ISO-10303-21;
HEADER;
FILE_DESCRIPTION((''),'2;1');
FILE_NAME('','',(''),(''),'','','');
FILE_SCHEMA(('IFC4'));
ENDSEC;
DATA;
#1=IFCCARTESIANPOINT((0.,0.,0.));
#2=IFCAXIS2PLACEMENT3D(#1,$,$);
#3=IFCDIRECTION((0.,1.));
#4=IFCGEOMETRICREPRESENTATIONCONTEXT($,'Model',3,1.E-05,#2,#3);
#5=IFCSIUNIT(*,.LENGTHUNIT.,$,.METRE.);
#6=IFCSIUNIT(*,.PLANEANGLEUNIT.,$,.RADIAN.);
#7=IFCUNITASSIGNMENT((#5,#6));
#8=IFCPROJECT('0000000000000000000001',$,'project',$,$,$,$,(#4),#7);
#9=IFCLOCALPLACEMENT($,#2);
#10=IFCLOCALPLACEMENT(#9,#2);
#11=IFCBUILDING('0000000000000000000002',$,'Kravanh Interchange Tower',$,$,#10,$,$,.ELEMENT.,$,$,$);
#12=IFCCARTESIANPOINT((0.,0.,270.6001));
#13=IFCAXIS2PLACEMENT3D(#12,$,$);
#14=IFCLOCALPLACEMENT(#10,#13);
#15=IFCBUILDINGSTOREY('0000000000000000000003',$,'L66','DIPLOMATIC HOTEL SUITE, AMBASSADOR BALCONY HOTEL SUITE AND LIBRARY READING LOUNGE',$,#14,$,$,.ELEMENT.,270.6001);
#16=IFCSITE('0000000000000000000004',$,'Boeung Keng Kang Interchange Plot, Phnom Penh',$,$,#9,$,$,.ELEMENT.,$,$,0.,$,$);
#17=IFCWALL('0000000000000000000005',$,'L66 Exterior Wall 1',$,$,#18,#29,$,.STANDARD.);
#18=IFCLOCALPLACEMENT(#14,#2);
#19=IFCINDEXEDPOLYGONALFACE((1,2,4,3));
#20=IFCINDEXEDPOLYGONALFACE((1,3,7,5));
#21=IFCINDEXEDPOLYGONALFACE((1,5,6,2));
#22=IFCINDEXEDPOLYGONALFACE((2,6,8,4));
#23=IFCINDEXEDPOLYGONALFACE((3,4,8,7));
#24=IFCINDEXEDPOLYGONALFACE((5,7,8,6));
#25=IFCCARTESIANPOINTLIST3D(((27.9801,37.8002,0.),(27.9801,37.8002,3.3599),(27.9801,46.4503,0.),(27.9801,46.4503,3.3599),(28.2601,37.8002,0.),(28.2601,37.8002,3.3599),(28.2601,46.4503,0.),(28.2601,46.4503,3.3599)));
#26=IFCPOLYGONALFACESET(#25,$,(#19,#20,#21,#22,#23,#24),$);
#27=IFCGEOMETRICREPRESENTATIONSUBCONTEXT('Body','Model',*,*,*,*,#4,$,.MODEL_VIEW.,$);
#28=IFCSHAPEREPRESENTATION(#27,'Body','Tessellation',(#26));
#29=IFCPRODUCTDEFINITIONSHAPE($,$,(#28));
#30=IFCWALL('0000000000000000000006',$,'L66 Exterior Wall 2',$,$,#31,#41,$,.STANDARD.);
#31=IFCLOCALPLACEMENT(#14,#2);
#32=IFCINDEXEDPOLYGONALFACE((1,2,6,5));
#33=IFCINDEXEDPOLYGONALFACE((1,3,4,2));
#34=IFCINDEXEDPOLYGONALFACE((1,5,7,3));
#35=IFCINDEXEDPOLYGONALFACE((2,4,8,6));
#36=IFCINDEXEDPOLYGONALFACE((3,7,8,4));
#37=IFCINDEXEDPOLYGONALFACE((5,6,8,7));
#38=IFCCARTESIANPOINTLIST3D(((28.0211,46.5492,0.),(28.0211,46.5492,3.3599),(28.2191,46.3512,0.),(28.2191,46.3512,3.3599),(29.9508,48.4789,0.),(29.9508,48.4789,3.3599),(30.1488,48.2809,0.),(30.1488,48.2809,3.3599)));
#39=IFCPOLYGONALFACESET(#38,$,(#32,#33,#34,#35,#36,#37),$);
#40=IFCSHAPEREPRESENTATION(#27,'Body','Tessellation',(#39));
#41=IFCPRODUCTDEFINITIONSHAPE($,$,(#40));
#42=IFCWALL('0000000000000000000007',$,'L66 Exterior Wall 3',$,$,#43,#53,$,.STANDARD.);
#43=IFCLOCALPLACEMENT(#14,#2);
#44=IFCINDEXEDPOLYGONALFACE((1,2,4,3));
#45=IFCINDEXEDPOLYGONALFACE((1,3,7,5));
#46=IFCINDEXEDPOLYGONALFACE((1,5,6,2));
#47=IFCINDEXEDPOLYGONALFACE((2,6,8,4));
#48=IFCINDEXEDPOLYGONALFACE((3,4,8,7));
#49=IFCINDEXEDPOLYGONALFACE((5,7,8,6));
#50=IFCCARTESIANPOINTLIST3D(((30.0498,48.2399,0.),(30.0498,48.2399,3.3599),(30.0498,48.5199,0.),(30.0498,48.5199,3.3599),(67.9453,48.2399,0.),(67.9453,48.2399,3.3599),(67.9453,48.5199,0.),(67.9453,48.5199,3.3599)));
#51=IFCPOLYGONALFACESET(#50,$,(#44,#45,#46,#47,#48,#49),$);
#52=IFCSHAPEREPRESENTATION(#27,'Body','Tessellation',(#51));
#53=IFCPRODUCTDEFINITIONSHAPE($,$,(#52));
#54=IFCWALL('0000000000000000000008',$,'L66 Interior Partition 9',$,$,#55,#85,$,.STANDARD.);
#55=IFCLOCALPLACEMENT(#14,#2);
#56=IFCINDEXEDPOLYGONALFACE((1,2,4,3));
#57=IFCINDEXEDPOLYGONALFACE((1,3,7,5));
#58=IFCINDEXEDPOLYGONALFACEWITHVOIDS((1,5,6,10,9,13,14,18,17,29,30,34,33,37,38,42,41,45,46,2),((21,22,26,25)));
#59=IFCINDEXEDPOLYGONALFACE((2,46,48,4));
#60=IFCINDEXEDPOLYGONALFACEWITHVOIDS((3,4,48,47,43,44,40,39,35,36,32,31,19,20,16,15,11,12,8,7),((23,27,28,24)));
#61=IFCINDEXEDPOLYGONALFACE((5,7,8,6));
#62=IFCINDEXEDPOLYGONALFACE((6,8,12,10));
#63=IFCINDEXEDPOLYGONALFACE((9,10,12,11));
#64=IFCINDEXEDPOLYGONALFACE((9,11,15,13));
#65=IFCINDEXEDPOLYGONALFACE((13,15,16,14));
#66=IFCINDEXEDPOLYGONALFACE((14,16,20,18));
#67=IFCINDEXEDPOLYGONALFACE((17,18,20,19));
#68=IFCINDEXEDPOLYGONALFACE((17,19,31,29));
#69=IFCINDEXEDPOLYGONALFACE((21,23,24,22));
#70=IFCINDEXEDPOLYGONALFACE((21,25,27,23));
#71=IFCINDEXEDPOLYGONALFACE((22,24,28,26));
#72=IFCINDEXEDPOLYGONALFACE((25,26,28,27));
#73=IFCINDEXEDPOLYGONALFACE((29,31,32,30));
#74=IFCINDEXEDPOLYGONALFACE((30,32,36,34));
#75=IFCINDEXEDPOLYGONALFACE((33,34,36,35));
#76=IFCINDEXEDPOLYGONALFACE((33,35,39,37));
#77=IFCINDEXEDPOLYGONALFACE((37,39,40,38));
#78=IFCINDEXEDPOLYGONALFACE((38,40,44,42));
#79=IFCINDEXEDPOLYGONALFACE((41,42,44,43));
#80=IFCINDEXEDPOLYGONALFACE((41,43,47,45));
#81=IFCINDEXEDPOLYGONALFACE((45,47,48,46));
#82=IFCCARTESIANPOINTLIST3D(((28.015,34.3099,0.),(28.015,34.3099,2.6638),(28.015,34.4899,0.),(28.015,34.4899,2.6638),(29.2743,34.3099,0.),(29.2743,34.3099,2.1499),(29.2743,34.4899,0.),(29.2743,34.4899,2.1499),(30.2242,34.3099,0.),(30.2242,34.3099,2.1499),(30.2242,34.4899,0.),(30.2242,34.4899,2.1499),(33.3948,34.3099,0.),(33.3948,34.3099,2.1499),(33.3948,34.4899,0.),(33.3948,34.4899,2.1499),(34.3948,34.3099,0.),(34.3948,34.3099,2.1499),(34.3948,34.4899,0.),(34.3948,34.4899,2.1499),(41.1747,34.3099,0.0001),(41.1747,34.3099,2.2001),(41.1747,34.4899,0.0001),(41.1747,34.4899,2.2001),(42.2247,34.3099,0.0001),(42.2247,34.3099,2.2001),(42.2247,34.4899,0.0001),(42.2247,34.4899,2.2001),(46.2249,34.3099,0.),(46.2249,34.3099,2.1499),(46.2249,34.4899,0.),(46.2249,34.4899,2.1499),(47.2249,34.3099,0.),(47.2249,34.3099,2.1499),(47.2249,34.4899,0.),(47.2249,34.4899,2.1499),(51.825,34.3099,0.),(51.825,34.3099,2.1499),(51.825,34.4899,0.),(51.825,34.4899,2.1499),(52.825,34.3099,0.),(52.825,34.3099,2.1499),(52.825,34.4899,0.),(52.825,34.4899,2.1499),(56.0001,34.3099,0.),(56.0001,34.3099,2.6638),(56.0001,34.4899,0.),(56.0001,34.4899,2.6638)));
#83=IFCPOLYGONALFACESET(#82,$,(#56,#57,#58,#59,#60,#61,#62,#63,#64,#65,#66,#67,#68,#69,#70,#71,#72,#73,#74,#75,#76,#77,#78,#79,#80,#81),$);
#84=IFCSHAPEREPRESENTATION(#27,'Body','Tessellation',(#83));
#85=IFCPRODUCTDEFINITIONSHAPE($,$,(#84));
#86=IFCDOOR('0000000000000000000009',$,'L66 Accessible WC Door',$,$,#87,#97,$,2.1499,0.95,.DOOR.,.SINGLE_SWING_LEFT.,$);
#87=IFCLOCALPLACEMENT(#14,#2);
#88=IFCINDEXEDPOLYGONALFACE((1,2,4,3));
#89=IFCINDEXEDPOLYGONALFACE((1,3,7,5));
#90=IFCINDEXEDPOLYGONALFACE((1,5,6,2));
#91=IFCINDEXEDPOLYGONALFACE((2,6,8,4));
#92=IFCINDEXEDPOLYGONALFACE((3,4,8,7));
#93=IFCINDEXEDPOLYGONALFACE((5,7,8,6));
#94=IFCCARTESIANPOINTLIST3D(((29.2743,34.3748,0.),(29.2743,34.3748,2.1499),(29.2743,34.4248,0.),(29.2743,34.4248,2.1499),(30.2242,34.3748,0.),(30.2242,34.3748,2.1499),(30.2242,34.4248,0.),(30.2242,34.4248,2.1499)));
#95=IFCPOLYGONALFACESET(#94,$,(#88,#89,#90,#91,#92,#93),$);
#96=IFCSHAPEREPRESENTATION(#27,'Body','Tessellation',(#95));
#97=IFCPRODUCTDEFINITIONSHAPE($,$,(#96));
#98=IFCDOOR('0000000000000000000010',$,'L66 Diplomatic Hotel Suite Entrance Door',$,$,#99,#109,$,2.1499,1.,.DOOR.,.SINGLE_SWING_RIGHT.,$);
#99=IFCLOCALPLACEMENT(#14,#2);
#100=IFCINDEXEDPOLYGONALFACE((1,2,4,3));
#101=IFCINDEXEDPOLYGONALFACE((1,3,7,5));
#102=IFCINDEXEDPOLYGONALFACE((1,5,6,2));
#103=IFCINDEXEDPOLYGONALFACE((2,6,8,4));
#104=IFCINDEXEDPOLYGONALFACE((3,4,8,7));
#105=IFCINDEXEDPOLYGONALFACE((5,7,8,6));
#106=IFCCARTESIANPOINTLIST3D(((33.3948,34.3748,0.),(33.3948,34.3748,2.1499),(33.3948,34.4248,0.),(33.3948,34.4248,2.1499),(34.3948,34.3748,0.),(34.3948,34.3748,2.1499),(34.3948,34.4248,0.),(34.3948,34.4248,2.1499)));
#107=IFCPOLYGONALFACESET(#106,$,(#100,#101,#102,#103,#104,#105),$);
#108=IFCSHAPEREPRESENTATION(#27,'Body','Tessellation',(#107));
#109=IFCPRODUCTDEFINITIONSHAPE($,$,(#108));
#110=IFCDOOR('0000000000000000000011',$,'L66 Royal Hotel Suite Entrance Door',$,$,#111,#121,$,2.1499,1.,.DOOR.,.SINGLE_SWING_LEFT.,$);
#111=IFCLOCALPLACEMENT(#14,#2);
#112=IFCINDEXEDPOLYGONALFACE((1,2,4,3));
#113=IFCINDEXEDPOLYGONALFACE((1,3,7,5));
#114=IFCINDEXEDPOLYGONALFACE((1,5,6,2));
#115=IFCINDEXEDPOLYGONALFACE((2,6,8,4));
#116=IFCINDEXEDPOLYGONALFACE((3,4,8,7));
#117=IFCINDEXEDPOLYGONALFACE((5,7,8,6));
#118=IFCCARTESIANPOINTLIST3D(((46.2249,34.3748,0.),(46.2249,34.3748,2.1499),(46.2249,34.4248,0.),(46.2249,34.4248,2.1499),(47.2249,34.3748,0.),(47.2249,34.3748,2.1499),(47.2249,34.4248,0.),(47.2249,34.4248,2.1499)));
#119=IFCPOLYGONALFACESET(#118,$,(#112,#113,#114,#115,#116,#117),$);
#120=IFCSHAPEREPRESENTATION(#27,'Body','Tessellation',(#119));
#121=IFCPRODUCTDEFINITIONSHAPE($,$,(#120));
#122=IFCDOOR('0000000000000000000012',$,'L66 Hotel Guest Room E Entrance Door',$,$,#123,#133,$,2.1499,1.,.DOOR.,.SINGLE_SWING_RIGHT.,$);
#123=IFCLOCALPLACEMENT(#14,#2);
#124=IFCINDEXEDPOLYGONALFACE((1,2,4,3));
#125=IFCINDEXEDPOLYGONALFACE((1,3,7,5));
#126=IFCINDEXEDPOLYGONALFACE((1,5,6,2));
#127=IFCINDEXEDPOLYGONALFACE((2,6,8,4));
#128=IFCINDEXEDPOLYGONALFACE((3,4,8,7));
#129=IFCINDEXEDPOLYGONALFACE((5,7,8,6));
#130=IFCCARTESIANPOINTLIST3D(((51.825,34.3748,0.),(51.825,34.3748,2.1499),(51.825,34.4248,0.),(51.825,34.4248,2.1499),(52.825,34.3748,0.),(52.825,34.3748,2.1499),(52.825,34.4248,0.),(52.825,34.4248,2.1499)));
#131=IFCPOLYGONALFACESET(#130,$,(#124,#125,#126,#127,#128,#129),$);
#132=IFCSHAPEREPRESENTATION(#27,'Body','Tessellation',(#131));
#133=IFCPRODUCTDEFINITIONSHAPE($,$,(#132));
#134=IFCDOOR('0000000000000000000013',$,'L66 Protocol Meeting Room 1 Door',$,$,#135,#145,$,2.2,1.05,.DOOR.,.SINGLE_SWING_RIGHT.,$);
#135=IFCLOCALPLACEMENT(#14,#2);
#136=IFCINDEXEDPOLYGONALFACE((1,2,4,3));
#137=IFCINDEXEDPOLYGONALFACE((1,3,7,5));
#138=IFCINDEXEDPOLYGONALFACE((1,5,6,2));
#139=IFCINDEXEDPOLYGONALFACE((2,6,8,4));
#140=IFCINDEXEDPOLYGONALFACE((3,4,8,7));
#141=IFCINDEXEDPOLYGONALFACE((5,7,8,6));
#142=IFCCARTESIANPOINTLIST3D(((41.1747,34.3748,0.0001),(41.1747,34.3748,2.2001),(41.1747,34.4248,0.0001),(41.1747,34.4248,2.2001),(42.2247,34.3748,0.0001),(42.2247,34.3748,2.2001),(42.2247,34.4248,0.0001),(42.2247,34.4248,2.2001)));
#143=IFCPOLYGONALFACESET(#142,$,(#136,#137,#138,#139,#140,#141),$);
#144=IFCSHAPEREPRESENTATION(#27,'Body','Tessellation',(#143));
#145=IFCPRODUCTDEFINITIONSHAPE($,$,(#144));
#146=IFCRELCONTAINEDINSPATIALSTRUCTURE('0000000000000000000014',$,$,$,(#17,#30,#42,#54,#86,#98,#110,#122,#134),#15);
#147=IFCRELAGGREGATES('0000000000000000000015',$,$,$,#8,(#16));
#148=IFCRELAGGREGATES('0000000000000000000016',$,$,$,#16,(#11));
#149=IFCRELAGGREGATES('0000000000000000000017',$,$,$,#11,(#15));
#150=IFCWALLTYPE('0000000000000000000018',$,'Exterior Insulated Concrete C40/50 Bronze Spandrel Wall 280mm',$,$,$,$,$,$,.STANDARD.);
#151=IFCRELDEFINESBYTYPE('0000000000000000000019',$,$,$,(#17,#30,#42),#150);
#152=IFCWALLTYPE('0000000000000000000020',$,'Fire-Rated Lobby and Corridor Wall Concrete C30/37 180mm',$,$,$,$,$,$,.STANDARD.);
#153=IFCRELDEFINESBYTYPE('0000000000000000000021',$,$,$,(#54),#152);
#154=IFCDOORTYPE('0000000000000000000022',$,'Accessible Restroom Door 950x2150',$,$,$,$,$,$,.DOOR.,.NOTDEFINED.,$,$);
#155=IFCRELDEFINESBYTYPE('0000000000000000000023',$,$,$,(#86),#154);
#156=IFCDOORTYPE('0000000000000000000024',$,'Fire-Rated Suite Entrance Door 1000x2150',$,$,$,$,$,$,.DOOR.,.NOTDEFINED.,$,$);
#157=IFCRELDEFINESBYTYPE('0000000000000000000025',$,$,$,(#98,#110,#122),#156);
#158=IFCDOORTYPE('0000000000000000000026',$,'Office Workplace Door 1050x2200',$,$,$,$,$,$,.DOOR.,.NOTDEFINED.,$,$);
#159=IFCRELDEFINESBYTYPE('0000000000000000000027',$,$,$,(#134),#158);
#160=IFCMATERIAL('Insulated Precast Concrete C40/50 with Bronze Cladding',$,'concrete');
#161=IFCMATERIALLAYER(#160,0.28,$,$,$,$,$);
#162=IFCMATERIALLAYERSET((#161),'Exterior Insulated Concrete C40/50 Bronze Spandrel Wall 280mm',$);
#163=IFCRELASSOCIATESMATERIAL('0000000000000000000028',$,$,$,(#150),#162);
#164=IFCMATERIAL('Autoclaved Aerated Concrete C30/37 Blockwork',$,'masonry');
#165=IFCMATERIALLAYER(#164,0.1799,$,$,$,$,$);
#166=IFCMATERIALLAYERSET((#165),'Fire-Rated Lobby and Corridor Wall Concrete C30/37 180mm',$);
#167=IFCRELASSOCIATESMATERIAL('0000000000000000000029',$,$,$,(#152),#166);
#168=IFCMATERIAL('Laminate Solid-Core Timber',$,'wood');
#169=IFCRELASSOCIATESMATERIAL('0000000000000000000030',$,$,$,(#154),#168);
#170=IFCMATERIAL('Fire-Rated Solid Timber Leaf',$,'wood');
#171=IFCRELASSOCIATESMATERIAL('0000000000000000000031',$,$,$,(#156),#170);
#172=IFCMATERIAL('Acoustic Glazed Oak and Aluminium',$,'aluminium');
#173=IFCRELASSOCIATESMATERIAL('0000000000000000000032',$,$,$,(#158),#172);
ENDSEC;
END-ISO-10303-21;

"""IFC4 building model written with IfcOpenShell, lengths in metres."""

from ifc_helpers import new_model, si_unit, direction, frame, frame_2d, origin, place, context, subcontext, project, spatial, rectangle, extrude, material, layer, layer_set, type_object, element, fill, save


model = new_model("IFC4")

# Units and contexts
model_context = context("Model", 3, precision=1e-05, world=origin(), true_north=direction((0.0, 1.0)))
body_context = subcontext(model_context, "Body", "Model", "MODEL_VIEW")
ifc_project = project(units=[si_unit("LENGTHUNIT", "METRE"), si_unit("PLANEANGLEUNIT", "RADIAN")], contexts=[model_context])

# Site, building, storey
site_placement = place(None, origin())
site = spatial("IfcSite", under=ifc_project, at=site_placement, Name="Boeung Keng Kang Interchange Plot, Phnom Penh", CompositionType="ELEMENT", RefElevation=0.0)
building_placement = place(site_placement, origin())
building = spatial("IfcBuilding", under=site, at=building_placement, Name="Kravanh Interchange Tower", CompositionType="ELEMENT")
storey_placement = place(building_placement, frame((0.0, 0.0, 270.6001)))
storey = spatial("IfcBuildingStorey", under=building, at=storey_placement, Name="L66", Description="DIPLOMATIC HOTEL SUITE, AMBASSADOR BALCONY HOTEL SUITE AND LIBRARY READING LOUNGE", CompositionType="ELEMENT", Elevation=270.6001)

# Walls
ifc_material_1 = material(Name="Insulated Precast Concrete C40/50 with Bronze Cladding", Category="concrete")
ifc_layer_1 = layer(ifc_material_1, 0.28)
ifc_layer_set_1 = layer_set([ifc_layer_1], Name="Exterior Insulated Concrete C40/50 Bronze Spandrel Wall 280mm")
wall_type_1 = type_object("IfcWallType", Name="Exterior Insulated Concrete C40/50 Bronze Spandrel Wall 280mm", PredefinedType="STANDARD", material=ifc_layer_set_1)
wall_1_placement = place(storey_placement, frame((28.1201, 37.8, 0.0), z_axis=(0.0, 0.0, 1.0), x_axis=(0.0, 1.0, 0.0)))
element("IfcWall", 1, at=wall_1_placement, inside=storey, type_object=wall_type_1, Name="L66 Exterior Wall 1", PredefinedType="STANDARD", context=body_context, shape_type="SweptSolid", body=[
    extrude(rectangle(XDim=8.6501, YDim=0.28, at=frame_2d((4.3252, 0.0))), origin(), (0.0, 0.0, 1.0), 3.3599),
])
wall_2_placement = place(storey_placement, frame((28.1201, 46.4502, 0.0), z_axis=(0.0, 0.0, 1.0), x_axis=(0.707107, 0.707107, 0.0)))
element("IfcWall", 2, at=wall_2_placement, inside=storey, type_object=wall_type_1, Name="L66 Exterior Wall 2", PredefinedType="STANDARD", context=body_context, shape_type="SweptSolid", body=[
    extrude(rectangle(XDim=2.729, YDim=0.28, at=frame_2d((1.3645, 0.0))), origin(), (0.0, 0.0, 1.0), 3.3599),
])
wall_3_placement = place(storey_placement, frame((30.0498, 48.3799, 0.0), z_axis=(0.0, 0.0, 1.0), x_axis=(1.0, 0.0, 0.0)))
element("IfcWall", 3, at=wall_3_placement, inside=storey, type_object=wall_type_1, Name="L66 Exterior Wall 3", PredefinedType="STANDARD", context=body_context, shape_type="SweptSolid", body=[
    extrude(rectangle(XDim=37.8955, YDim=0.28, at=frame_2d((18.9478, 0.0))), origin(), (0.0, 0.0, 1.0), 3.3599),
])

# Wall, openings, doors
ifc_material_2 = material(Name="Autoclaved Aerated Concrete C30/37 Blockwork", Category="masonry")
ifc_layer_2 = layer(ifc_material_2, 0.1799)
ifc_layer_set_2 = layer_set([ifc_layer_2], Name="Fire-Rated Lobby and Corridor Wall Concrete C30/37 180mm")
wall_type_2 = type_object("IfcWallType", Name="Fire-Rated Lobby and Corridor Wall Concrete C30/37 180mm", PredefinedType="STANDARD", material=ifc_layer_set_2)
wall_4_placement = place(storey_placement, frame((28.0149, 34.3999, 0.0), z_axis=(0.0, 0.0, 1.0), x_axis=(1.0, 0.0, 0.0)))
wall_4 = element("IfcWall", 4, at=wall_4_placement, inside=storey, type_object=wall_type_2, Name="L66 Interior Partition 9", PredefinedType="STANDARD", context=body_context, shape_type="SweptSolid", body=[
    extrude(rectangle(XDim=27.9851, YDim=0.1799, at=frame_2d((13.9927, 0.0))), origin(), (0.0, 0.0, 1.0), 2.6638),
])
opening_1_placement = place(wall_4_placement, frame((1.2593, 0.0, 0.0)))
opening_1 = element("IfcOpeningElement", 5, at=opening_1_placement, cuts=wall_4, PredefinedType="OPENING", context=body_context, shape_type="SweptSolid", body=[
    extrude(rectangle(XDim=0.95, YDim=2.1499, at=frame_2d((0.4751, 1.075))), frame((0.0, 0.1001, 0.0), z_axis=(0.0, -1.0, 0.0), x_axis=(1.0, 0.0, 0.0)), (0.0, 0.0, 1.0), 0.2),
])
opening_2_placement = place(wall_4_placement, frame((5.3799, 0.0, 0.0)))
opening_2 = element("IfcOpeningElement", 6, at=opening_2_placement, cuts=wall_4, PredefinedType="OPENING", context=body_context, shape_type="SweptSolid", body=[
    extrude(rectangle(XDim=1.0, YDim=2.1499, at=frame_2d((0.5, 1.075))), frame((0.0, 0.1001, 0.0), z_axis=(0.0, -1.0, 0.0), x_axis=(1.0, 0.0, 0.0)), (0.0, 0.0, 1.0), 0.2),
])
opening_3_placement = place(wall_4_placement, frame((13.1599, 0.0, 0.0)))
opening_3 = element("IfcOpeningElement", 7, at=opening_3_placement, cuts=wall_4, PredefinedType="OPENING", context=body_context, shape_type="SweptSolid", body=[
    extrude(rectangle(XDim=1.05, YDim=2.2, at=frame_2d((0.5249, 1.1001))), frame((0.0, 0.1001, 0.0), z_axis=(0.0, -1.0, 0.0), x_axis=(1.0, 0.0, 0.0)), (0.0, 0.0, 1.0), 0.2),
])
opening_4_placement = place(wall_4_placement, frame((18.21, 0.0, 0.0)))
opening_4 = element("IfcOpeningElement", 8, at=opening_4_placement, cuts=wall_4, PredefinedType="OPENING", context=body_context, shape_type="SweptSolid", body=[
    extrude(rectangle(XDim=1.0, YDim=2.1499, at=frame_2d((0.5, 1.075))), frame((0.0, 0.1001, 0.0), z_axis=(0.0, -1.0, 0.0), x_axis=(1.0, 0.0, 0.0)), (0.0, 0.0, 1.0), 0.2),
])
opening_5_placement = place(wall_4_placement, frame((23.8101, 0.0, 0.0)))
opening_5 = element("IfcOpeningElement", 9, at=opening_5_placement, cuts=wall_4, PredefinedType="OPENING", context=body_context, shape_type="SweptSolid", body=[
    extrude(rectangle(XDim=1.0, YDim=2.1499, at=frame_2d((0.5, 1.075))), frame((0.0, 0.1001, 0.0), z_axis=(0.0, -1.0, 0.0), x_axis=(1.0, 0.0, 0.0)), (0.0, 0.0, 1.0), 0.2),
])
ifc_material_3 = material(Name="Laminate Solid-Core Timber", Category="wood")
door_type_1 = type_object("IfcDoorType", Name="Accessible Restroom Door 950x2150", OperationType="NOTDEFINED", PredefinedType="DOOR", material=ifc_material_3)
door_1_placement = place(opening_1_placement, origin())
door_1 = element("IfcDoor", 10, at=door_1_placement, inside=storey, type_object=door_type_1, Name="L66 Accessible WC Door", OperationType="SINGLE_SWING_LEFT", OverallHeight=2.1499, OverallWidth=0.95, PredefinedType="DOOR", context=body_context, shape_type="SweptSolid", body=[
    extrude(rectangle(XDim=0.95, YDim=2.1499, at=frame_2d((0.4751, 1.075))), frame((0.0, 0.0249, 0.0), z_axis=(0.0, -1.0, 0.0), x_axis=(1.0, 0.0, 0.0)), (0.0, 0.0, 1.0), 0.05),
])
fill(opening_1, door_1)
ifc_material_4 = material(Name="Fire-Rated Solid Timber Leaf", Category="wood")
door_type_2 = type_object("IfcDoorType", Name="Fire-Rated Suite Entrance Door 1000x2150", OperationType="NOTDEFINED", PredefinedType="DOOR", material=ifc_material_4)
door_2_placement = place(opening_2_placement, origin())
door_2 = element("IfcDoor", 11, at=door_2_placement, inside=storey, type_object=door_type_2, Name="L66 Diplomatic Hotel Suite Entrance Door", OperationType="SINGLE_SWING_RIGHT", OverallHeight=2.1499, OverallWidth=1.0, PredefinedType="DOOR", context=body_context, shape_type="SweptSolid", body=[
    extrude(rectangle(XDim=1.0, YDim=2.1499, at=frame_2d((0.5, 1.075))), frame((0.0, 0.0249, 0.0), z_axis=(0.0, -1.0, 0.0), x_axis=(1.0, 0.0, 0.0)), (0.0, 0.0, 1.0), 0.05),
])
fill(opening_2, door_2)
door_3_placement = place(opening_4_placement, origin())
door_3 = element("IfcDoor", 12, at=door_3_placement, inside=storey, type_object=door_type_2, Name="L66 Royal Hotel Suite Entrance Door", OperationType="SINGLE_SWING_LEFT", OverallHeight=2.1499, OverallWidth=1.0, PredefinedType="DOOR", context=body_context, shape_type="SweptSolid", body=[
    extrude(rectangle(XDim=1.0, YDim=2.1499, at=frame_2d((0.5, 1.075))), frame((0.0, 0.0249, 0.0), z_axis=(0.0, -1.0, 0.0), x_axis=(1.0, 0.0, 0.0)), (0.0, 0.0, 1.0), 0.05),
])
fill(opening_4, door_3)
door_4_placement = place(opening_5_placement, origin())
door_4 = element("IfcDoor", 13, at=door_4_placement, inside=storey, type_object=door_type_2, Name="L66 Hotel Guest Room E Entrance Door", OperationType="SINGLE_SWING_RIGHT", OverallHeight=2.1499, OverallWidth=1.0, PredefinedType="DOOR", context=body_context, shape_type="SweptSolid", body=[
    extrude(rectangle(XDim=1.0, YDim=2.1499, at=frame_2d((0.5, 1.075))), frame((0.0, 0.0249, 0.0), z_axis=(0.0, -1.0, 0.0), x_axis=(1.0, 0.0, 0.0)), (0.0, 0.0, 1.0), 0.05),
])
fill(opening_5, door_4)
ifc_material_5 = material(Name="Acoustic Glazed Oak and Aluminium", Category="aluminium")
door_type_3 = type_object("IfcDoorType", Name="Office Workplace Door 1050x2200", OperationType="NOTDEFINED", PredefinedType="DOOR", material=ifc_material_5)
door_5_placement = place(opening_3_placement, origin())
door_5 = element("IfcDoor", 14, at=door_5_placement, inside=storey, type_object=door_type_3, Name="L66 Protocol Meeting Room 1 Door", OperationType="SINGLE_SWING_RIGHT", OverallHeight=2.2, OverallWidth=1.05, PredefinedType="DOOR", context=body_context, shape_type="SweptSolid", body=[
    extrude(rectangle(XDim=1.05, YDim=2.2, at=frame_2d((0.5249, 1.1001))), frame((0.0, 0.0249, 0.0), z_axis=(0.0, -1.0, 0.0), x_axis=(1.0, 0.0, 0.0)), (0.0, 0.0, 1.0), 0.05),
])
fill(opening_3, door_5)

save(model, "model.ifc")
